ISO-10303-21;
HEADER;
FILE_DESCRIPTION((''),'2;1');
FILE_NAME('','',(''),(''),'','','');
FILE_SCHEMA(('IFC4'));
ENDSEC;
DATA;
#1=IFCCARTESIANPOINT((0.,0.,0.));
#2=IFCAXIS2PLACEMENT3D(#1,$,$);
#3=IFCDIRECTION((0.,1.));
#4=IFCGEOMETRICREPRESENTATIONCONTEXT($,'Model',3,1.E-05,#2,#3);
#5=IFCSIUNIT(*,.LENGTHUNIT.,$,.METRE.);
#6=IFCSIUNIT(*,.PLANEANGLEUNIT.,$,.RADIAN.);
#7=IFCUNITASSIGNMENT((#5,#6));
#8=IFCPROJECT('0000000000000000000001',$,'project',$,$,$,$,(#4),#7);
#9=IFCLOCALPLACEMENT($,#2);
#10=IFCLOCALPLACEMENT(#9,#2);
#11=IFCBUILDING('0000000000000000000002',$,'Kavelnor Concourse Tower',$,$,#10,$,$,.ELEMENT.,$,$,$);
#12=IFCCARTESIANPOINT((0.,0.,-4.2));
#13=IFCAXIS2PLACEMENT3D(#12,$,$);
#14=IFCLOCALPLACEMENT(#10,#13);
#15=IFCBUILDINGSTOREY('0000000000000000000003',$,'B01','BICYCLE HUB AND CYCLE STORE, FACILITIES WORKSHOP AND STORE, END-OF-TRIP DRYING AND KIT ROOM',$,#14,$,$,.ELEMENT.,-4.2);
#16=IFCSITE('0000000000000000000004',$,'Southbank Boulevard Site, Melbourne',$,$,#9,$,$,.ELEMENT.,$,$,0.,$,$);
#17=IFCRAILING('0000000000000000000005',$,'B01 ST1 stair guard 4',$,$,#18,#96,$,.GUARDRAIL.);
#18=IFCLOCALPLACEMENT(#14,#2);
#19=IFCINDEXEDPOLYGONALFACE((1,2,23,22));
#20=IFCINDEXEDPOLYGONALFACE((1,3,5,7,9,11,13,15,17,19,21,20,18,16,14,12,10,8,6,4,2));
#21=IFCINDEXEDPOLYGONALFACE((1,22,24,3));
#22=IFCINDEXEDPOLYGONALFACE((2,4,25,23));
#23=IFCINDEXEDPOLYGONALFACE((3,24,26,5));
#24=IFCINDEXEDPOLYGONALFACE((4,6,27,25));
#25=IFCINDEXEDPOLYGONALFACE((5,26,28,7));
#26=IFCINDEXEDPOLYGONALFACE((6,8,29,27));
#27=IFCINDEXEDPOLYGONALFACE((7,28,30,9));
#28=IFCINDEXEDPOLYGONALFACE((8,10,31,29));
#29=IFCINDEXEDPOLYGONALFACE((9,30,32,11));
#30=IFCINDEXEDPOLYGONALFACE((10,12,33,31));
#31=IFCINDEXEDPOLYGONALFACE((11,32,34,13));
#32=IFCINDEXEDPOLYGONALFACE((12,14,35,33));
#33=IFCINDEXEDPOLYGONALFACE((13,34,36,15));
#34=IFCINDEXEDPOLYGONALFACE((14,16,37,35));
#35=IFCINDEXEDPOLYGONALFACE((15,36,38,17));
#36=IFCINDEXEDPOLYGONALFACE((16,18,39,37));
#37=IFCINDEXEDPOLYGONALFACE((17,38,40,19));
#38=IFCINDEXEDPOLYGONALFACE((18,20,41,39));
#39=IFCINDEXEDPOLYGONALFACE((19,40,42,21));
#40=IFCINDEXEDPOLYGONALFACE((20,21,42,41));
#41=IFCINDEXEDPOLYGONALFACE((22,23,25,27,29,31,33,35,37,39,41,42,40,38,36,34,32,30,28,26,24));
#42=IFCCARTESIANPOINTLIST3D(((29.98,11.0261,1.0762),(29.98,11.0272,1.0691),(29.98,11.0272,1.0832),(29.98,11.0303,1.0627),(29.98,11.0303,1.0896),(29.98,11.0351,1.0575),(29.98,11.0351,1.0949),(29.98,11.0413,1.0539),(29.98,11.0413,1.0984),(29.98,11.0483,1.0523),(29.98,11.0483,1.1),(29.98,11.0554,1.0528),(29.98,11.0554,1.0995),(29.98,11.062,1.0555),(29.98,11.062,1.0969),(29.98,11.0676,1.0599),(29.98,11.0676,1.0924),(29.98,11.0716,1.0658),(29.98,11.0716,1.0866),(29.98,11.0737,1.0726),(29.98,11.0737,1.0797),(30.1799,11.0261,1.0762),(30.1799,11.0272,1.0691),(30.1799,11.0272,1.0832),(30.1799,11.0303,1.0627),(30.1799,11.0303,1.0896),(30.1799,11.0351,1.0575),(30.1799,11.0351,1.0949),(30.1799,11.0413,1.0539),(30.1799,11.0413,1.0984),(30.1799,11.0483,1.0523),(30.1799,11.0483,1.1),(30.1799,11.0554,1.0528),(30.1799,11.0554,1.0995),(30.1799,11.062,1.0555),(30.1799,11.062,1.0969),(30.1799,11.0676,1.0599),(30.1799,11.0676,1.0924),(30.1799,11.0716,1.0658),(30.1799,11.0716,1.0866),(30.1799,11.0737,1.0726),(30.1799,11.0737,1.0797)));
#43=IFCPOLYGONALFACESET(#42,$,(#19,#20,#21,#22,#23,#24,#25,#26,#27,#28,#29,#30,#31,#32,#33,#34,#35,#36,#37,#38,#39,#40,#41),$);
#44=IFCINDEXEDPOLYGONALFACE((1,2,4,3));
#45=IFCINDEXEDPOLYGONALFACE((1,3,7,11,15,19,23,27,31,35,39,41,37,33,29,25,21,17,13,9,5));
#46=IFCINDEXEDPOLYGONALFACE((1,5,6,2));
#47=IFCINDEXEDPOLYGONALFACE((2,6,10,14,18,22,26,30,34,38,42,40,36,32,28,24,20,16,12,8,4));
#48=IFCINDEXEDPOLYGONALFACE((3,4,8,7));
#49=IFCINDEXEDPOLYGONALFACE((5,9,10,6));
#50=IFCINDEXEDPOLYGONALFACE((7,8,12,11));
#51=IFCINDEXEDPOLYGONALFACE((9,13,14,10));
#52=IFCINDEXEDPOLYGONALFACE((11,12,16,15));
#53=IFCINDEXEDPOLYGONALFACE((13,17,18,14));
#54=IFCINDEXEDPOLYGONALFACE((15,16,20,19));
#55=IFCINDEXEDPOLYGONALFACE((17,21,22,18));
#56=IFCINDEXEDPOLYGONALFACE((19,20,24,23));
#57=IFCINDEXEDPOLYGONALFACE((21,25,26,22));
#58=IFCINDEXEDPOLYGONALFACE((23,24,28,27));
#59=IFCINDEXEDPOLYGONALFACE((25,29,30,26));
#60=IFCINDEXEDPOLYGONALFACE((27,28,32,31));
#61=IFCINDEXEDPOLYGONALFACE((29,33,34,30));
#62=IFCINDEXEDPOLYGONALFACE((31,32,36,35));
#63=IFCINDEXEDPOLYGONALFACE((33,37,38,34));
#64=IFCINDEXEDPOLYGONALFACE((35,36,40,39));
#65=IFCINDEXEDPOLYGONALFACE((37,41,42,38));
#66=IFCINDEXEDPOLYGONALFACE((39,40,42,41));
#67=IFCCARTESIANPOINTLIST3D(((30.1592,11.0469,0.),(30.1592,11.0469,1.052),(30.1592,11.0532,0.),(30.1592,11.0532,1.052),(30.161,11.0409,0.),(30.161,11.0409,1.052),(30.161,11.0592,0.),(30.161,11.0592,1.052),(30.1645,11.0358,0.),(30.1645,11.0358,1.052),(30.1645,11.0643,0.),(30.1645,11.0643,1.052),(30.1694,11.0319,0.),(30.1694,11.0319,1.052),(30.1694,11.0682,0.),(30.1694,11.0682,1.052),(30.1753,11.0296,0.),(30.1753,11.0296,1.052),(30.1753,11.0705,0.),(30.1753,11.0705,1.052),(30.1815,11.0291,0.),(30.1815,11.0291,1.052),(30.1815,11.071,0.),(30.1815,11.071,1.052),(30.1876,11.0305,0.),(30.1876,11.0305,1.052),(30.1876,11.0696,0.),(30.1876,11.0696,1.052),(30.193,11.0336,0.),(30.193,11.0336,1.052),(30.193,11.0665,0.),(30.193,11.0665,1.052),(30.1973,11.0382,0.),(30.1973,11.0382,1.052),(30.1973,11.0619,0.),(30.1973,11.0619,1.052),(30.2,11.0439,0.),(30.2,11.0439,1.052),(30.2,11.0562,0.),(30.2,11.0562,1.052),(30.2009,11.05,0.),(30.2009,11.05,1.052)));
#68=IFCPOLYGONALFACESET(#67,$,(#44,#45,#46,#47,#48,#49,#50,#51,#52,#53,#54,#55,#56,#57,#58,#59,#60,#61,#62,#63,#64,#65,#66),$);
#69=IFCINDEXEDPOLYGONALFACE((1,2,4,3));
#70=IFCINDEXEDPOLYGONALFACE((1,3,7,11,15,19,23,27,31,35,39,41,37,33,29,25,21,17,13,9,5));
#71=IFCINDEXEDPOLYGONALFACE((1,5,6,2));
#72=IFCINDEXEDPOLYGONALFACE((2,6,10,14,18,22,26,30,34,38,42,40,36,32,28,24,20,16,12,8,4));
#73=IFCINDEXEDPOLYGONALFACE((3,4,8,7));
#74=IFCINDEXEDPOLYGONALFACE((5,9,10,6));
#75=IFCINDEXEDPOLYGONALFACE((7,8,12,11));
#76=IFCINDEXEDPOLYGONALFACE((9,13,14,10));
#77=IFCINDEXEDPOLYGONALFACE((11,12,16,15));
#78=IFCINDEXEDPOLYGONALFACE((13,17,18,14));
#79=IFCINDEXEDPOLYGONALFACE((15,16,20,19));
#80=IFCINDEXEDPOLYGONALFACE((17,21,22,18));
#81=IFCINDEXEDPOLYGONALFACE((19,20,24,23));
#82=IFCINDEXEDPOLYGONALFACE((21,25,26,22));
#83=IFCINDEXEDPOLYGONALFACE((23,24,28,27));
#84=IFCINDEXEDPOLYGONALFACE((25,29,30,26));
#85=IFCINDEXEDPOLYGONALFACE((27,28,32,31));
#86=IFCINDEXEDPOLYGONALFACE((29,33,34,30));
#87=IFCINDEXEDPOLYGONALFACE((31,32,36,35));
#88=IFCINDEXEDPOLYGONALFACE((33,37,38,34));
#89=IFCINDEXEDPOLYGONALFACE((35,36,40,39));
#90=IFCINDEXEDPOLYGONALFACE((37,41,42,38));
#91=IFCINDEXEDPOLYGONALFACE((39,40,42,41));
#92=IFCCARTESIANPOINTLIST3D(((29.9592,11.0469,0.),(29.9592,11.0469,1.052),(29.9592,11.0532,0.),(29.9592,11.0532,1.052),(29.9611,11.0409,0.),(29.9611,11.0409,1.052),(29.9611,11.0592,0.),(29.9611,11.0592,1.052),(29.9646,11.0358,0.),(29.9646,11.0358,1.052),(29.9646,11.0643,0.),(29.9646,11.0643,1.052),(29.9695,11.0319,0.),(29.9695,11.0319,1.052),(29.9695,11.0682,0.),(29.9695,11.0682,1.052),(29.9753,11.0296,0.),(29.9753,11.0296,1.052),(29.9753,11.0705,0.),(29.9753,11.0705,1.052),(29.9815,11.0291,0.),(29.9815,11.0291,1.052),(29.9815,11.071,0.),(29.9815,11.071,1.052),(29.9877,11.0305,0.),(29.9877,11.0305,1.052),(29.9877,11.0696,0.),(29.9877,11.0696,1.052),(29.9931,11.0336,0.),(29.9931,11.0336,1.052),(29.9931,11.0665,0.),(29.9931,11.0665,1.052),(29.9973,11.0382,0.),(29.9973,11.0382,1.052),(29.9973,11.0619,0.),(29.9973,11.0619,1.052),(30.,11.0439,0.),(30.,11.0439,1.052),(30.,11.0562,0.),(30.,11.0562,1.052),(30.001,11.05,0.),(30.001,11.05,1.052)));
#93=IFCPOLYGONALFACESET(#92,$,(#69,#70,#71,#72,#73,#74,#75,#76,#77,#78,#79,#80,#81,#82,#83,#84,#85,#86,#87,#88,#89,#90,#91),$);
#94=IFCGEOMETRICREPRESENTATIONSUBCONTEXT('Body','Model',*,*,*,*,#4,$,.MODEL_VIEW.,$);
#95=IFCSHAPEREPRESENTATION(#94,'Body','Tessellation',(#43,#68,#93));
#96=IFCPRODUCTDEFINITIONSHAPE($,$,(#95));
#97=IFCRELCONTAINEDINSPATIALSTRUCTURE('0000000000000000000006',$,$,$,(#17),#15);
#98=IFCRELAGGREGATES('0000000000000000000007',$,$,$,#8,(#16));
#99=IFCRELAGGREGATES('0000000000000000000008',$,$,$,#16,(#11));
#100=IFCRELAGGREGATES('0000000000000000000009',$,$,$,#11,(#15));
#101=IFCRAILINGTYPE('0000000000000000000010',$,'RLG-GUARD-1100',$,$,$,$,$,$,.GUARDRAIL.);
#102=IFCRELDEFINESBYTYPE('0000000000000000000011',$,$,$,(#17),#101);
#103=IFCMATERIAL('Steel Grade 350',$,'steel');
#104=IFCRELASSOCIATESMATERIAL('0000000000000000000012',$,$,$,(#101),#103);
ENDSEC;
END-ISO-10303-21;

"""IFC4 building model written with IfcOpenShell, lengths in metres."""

from ifc_helpers import new_model, si_unit, direction, frame, origin, origin_2d, place, context, subcontext, project, spatial, circle, extrude, material, type_object, element, save


model = new_model("IFC4")

# Units and contexts
model_context = context("Model", 3, precision=1e-05, world=origin(), true_north=direction((0.0, 1.0)))
body_context = subcontext(model_context, "Body", "Model", "MODEL_VIEW")
ifc_project = project(units=[si_unit("LENGTHUNIT", "METRE"), si_unit("PLANEANGLEUNIT", "RADIAN")], contexts=[model_context])

# Site, building, storey
site_placement = place(None, origin())
site = spatial("IfcSite", under=ifc_project, at=site_placement, Name="Southbank Boulevard Site, Melbourne", CompositionType="ELEMENT", RefElevation=0.0)
building_placement = place(site_placement, origin())
building = spatial("IfcBuilding", under=site, at=building_placement, Name="Kavelnor Concourse Tower", CompositionType="ELEMENT")
storey_placement = place(building_placement, frame((0.0, 0.0, -4.2)))
storey = spatial("IfcBuildingStorey", under=building, at=storey_placement, Name="B01", Description="BICYCLE HUB AND CYCLE STORE, FACILITIES WORKSHOP AND STORE, END-OF-TRIP DRYING AND KIT ROOM", CompositionType="ELEMENT", Elevation=-4.2)

# Shared definitions
ifc_material_1 = material(Name="Steel Grade 350", Category="steel")

# Railing
railing_type_1 = type_object("IfcRailingType", Name="RLG-GUARD-1100", PredefinedType="GUARDRAIL", material=ifc_material_1)
railing_1_placement = place(storey_placement, frame((30.1799, 11.05, 0.0)))
element("IfcRailing", 1, at=railing_1_placement, inside=storey, type_object=railing_type_1, Name="B01 ST1 stair guard 4", PredefinedType="GUARDRAIL", context=body_context, shape_type="SweptSolid", body=[
    extrude(circle(Radius=0.0239, at=origin_2d()), frame((0.0, 0.0, 1.0762), z_axis=(-1.0, 0.0, 0.0), x_axis=(0.0, -1.0, 0.0)), (0.0, 0.0, 1.0), 0.2),
    extrude(circle(Radius=0.021, at=origin_2d()), origin(), (0.0, 0.0, 1.0), 1.052),
    extrude(circle(Radius=0.021, at=origin_2d()), frame((-0.2, 0.0, 0.0)), (0.0, 0.0, 1.0), 1.052),
])

save(model, "model.ifc")
